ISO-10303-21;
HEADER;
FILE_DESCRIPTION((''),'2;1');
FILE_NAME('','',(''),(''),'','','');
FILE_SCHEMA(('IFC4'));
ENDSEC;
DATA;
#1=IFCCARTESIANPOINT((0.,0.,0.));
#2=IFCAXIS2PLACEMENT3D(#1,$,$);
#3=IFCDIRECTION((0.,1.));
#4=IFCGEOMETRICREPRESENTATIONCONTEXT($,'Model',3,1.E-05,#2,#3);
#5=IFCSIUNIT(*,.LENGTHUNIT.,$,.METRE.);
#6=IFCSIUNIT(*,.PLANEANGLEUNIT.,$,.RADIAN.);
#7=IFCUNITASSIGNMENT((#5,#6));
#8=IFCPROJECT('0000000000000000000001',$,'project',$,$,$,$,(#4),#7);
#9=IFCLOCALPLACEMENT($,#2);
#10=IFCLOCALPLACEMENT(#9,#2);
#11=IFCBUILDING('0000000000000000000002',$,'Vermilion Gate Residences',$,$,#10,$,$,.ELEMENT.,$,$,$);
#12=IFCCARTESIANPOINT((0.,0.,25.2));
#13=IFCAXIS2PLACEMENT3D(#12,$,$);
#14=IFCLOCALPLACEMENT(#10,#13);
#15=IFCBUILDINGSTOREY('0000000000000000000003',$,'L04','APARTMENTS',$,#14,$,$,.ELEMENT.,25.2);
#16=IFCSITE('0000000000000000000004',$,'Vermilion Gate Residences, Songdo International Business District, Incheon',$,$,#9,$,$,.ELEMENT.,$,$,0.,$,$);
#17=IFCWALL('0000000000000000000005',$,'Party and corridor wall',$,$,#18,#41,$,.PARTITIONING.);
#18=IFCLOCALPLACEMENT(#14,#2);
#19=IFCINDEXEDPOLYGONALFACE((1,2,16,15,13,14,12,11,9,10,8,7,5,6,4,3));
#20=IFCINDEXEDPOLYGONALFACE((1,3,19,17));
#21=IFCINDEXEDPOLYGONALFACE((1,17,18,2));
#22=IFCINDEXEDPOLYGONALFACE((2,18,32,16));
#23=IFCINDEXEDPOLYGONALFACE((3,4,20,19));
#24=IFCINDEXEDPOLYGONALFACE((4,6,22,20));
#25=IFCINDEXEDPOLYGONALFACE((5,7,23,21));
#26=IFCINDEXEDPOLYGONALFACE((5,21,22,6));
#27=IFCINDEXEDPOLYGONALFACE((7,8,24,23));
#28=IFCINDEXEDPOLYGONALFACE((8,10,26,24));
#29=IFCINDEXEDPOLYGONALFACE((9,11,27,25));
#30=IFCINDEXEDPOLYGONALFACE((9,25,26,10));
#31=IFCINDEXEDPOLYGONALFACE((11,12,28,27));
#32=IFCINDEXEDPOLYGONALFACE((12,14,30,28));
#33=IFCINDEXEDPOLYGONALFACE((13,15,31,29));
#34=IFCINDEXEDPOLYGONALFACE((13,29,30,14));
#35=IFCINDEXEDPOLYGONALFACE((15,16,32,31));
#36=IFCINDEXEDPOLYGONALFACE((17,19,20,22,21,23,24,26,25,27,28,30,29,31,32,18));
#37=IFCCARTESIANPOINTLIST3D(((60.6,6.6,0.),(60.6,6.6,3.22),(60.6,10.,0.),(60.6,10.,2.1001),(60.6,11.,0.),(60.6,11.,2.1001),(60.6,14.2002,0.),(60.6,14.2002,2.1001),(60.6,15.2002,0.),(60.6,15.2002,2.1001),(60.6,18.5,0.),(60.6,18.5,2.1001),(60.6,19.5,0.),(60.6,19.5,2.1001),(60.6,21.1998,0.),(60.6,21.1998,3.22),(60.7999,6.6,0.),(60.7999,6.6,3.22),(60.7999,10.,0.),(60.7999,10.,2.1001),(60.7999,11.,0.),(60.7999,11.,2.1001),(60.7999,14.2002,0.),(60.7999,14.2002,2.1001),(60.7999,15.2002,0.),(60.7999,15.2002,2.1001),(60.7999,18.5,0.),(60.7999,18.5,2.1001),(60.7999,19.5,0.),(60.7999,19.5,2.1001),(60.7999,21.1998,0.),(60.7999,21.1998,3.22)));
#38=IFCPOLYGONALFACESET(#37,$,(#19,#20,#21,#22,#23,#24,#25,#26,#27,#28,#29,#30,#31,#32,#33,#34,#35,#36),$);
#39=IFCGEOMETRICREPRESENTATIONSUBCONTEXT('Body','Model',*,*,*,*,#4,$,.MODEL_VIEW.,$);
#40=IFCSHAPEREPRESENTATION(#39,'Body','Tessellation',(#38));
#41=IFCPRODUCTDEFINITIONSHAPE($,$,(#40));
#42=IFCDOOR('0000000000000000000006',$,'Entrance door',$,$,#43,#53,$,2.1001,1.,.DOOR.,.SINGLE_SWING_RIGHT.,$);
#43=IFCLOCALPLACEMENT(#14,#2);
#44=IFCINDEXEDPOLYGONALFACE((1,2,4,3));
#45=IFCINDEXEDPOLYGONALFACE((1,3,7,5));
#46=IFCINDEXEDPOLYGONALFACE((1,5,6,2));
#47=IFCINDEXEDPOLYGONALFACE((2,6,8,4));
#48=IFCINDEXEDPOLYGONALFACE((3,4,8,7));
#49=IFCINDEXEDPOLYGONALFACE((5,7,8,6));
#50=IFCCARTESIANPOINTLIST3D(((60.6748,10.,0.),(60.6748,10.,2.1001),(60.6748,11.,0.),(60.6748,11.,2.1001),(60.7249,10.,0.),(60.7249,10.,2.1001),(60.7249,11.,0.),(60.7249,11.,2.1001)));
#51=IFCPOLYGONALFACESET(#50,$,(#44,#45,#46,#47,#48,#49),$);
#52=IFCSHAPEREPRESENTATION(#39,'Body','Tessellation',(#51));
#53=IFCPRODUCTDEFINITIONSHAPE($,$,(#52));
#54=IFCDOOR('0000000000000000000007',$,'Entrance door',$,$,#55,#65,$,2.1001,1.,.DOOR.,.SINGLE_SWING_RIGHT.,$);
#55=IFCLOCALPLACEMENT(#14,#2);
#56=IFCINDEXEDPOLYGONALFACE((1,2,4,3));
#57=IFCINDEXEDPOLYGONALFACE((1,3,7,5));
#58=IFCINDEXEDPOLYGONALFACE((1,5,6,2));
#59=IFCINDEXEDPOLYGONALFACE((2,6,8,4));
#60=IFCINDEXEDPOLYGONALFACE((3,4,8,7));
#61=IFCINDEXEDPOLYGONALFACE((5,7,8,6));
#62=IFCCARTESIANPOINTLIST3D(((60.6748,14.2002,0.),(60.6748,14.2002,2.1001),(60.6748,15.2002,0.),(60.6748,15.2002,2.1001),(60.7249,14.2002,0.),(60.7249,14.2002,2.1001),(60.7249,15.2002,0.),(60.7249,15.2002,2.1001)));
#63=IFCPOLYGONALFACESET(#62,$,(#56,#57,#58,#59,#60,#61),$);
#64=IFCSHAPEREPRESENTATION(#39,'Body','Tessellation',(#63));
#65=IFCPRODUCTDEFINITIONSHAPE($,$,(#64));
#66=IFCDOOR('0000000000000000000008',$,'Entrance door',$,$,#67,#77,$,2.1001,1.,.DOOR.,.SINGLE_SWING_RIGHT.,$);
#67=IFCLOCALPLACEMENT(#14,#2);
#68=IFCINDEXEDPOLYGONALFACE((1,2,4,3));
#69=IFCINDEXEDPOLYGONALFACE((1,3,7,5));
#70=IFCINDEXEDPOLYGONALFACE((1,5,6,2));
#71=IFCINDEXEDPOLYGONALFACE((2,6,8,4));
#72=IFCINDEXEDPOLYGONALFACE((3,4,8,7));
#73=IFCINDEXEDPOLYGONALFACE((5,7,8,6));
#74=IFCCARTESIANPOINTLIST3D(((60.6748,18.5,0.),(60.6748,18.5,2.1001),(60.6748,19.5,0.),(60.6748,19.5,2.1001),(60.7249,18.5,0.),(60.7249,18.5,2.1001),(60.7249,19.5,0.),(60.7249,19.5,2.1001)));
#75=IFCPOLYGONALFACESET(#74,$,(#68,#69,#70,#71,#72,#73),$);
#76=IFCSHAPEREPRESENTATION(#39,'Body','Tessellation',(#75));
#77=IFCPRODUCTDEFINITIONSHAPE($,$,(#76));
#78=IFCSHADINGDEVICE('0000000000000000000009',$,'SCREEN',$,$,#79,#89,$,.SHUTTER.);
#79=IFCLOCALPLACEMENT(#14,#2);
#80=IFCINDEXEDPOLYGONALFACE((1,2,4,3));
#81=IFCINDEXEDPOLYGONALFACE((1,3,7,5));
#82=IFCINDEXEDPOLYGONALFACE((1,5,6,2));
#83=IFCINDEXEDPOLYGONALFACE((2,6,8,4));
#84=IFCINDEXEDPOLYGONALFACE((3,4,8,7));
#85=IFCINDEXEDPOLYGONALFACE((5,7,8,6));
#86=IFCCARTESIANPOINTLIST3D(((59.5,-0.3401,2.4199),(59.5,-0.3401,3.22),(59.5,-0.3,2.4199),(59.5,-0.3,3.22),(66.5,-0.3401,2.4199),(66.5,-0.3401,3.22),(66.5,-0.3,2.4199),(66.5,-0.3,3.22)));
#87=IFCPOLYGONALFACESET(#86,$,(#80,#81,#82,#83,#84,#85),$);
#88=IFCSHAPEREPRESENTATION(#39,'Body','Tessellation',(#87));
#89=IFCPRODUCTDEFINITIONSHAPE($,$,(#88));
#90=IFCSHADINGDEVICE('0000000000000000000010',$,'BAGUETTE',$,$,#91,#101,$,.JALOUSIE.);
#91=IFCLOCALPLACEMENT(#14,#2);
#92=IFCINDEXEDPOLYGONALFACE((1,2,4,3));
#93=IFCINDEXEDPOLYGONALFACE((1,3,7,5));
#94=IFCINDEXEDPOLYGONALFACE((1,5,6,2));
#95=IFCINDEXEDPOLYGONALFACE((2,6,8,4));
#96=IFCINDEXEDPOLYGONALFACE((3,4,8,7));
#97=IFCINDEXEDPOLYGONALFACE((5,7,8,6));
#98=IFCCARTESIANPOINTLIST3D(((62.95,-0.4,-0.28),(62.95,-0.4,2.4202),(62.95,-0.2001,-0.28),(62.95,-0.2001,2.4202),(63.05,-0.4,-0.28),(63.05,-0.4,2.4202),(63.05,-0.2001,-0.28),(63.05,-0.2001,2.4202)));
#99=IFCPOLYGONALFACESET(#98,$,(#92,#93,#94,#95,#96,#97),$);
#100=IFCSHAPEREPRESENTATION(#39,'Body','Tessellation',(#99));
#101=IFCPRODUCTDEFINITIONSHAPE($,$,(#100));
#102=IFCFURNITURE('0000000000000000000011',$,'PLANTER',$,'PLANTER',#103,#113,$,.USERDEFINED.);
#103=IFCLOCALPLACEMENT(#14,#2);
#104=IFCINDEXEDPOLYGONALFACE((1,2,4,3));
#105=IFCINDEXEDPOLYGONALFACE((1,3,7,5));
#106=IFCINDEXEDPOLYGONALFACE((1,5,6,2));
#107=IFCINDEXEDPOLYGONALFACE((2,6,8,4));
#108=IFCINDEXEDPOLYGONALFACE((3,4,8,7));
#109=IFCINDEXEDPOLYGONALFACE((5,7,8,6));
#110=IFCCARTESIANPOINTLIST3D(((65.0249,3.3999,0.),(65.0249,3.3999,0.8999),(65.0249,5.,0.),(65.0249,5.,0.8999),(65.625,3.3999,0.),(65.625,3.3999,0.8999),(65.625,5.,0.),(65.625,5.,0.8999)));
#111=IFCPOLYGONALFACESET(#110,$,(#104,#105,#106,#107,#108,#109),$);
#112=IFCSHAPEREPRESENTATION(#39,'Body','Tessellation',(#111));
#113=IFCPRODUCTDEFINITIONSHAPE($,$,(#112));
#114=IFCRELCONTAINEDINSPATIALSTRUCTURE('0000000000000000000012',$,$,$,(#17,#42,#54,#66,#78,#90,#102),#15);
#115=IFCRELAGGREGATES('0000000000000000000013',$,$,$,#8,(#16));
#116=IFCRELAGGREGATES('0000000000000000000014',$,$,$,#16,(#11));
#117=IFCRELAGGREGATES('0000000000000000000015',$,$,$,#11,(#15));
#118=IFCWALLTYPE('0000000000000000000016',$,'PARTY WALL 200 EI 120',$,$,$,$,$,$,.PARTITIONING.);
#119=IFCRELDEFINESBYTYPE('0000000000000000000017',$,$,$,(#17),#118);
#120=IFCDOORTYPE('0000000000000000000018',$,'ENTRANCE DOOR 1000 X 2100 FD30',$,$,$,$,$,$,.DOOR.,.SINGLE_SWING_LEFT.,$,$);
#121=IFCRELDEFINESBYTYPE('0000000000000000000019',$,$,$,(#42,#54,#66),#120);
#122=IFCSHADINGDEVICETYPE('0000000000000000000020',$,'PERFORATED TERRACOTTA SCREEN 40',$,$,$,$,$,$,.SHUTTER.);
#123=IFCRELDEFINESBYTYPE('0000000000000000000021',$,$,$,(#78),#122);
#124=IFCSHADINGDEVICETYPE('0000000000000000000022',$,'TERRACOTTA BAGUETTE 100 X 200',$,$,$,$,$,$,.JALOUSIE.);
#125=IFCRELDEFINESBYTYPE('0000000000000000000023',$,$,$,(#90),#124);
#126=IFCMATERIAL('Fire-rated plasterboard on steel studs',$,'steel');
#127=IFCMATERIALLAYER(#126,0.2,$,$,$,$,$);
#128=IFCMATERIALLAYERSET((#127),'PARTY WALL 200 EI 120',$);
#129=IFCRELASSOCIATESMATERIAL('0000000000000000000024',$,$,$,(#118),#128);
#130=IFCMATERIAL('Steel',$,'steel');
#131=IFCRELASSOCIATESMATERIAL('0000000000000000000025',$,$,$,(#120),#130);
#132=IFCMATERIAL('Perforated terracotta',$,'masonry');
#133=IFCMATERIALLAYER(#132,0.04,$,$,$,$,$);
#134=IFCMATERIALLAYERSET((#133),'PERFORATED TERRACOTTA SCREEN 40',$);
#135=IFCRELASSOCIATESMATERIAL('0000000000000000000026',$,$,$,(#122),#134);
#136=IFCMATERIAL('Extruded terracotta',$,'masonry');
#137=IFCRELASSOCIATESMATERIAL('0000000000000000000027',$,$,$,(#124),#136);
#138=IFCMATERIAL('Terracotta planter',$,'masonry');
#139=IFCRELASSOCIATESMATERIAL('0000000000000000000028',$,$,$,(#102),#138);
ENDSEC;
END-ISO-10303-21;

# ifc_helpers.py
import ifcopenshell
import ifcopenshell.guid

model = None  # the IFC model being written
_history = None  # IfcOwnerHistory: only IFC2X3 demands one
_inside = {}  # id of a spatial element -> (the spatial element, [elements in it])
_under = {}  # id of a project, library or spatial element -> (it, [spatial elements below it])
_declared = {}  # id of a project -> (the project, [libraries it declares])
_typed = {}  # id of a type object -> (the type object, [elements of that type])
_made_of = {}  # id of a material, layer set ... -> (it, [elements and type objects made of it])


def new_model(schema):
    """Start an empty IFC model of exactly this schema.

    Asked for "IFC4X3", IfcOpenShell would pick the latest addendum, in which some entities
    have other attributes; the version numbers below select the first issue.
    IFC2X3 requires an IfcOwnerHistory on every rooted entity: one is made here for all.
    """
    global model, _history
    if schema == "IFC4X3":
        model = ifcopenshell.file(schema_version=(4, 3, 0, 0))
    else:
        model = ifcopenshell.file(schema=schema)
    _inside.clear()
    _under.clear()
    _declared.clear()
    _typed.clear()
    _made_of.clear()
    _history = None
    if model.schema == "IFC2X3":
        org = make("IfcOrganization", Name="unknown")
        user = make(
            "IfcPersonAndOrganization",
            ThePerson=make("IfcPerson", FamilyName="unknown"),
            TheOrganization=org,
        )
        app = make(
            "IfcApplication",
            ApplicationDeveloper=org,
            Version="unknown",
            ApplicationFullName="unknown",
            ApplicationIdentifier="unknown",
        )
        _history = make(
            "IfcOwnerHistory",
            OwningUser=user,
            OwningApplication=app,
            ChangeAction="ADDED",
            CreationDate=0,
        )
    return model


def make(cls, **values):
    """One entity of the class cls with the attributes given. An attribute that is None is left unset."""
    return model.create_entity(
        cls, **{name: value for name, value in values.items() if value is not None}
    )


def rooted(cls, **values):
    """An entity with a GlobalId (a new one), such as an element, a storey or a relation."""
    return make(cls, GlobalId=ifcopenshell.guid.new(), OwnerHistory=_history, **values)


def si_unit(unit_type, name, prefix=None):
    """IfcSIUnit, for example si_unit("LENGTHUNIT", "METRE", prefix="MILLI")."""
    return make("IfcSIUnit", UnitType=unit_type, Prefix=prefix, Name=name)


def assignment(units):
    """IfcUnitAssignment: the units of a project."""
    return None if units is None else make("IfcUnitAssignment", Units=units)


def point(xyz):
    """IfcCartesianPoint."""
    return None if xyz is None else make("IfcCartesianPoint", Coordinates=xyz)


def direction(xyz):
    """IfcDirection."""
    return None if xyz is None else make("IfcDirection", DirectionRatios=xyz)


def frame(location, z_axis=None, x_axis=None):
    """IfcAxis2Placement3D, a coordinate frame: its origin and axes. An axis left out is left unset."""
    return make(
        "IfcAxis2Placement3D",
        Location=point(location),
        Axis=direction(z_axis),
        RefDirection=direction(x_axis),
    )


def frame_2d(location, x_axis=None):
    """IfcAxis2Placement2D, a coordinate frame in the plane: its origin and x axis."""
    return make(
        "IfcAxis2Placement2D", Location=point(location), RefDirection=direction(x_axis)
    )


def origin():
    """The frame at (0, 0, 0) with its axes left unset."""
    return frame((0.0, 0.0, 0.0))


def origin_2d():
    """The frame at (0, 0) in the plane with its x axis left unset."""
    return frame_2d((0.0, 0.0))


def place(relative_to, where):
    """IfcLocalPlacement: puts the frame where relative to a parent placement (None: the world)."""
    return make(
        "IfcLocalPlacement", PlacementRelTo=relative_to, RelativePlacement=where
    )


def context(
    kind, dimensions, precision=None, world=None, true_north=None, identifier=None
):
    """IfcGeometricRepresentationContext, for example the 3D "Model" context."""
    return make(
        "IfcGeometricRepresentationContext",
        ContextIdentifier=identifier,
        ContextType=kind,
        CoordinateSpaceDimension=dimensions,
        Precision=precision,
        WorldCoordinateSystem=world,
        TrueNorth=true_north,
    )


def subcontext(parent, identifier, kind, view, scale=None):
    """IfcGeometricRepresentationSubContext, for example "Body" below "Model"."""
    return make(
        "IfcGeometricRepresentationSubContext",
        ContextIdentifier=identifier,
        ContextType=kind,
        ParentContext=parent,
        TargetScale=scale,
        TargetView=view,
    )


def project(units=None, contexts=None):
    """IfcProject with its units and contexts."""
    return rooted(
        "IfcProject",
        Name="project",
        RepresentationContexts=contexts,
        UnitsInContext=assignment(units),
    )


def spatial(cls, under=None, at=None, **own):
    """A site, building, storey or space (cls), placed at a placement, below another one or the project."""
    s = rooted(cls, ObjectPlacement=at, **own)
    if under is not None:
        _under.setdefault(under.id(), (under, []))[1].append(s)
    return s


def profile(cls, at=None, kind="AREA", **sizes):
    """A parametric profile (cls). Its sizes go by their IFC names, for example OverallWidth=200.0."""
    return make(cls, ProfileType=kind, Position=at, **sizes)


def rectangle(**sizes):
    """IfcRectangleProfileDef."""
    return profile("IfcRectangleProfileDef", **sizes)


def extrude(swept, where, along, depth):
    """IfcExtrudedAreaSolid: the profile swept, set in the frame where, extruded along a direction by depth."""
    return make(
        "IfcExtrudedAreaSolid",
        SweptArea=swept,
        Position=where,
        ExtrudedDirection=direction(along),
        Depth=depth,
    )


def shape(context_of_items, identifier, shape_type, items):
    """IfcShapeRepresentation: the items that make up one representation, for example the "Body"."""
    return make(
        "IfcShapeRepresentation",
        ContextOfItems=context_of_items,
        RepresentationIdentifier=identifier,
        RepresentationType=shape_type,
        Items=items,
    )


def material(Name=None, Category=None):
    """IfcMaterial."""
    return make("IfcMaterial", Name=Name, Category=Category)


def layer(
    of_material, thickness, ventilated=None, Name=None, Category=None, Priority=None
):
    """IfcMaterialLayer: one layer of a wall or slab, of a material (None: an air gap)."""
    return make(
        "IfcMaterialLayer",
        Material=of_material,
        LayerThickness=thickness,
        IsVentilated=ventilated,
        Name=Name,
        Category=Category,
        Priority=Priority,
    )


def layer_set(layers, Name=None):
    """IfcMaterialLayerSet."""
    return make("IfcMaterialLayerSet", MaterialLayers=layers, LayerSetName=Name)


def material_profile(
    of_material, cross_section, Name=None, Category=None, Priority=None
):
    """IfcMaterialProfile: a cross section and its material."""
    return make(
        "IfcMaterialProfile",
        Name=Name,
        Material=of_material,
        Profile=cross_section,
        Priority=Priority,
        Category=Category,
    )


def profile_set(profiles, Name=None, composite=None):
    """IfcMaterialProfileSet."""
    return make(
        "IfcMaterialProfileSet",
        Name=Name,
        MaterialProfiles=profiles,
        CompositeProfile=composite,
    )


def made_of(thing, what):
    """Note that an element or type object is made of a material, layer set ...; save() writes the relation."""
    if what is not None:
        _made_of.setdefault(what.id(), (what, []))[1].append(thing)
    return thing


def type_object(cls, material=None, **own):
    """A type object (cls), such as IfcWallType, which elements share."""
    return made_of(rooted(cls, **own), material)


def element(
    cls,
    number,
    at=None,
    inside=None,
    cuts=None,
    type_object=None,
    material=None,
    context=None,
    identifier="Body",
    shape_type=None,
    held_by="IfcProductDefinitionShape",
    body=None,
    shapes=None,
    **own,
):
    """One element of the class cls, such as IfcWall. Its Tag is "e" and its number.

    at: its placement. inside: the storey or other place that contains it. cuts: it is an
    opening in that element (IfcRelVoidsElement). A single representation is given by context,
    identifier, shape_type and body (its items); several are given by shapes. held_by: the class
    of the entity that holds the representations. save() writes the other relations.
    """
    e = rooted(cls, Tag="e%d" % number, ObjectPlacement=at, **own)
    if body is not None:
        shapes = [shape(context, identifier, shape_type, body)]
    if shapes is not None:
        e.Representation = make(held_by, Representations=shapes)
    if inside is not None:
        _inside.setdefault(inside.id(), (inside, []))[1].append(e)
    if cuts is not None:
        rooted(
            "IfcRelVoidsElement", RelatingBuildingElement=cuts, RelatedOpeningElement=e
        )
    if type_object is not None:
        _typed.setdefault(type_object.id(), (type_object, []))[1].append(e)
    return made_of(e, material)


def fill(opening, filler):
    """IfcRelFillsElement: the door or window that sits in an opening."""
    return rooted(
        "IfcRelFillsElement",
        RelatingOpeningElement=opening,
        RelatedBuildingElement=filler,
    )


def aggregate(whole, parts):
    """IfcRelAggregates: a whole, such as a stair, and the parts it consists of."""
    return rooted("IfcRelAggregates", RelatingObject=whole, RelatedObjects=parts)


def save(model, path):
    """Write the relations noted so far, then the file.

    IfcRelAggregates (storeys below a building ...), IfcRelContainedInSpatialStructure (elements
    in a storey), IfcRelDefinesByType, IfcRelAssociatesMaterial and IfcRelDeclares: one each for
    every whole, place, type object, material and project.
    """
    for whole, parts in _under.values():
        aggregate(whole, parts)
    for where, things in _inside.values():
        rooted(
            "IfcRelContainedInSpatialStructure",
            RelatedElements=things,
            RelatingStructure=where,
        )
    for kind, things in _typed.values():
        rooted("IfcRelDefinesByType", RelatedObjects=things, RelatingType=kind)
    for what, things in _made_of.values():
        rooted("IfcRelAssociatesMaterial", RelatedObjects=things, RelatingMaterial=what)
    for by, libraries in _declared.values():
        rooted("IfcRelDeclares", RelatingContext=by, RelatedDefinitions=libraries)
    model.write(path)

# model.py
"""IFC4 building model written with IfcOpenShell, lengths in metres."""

from ifc_helpers import new_model, si_unit, direction, frame, frame_2d, origin, origin_2d, place, context, subcontext, project, spatial, rectangle, extrude, material, layer, layer_set, material_profile, profile_set, type_object, element, fill, save


model = new_model("IFC4")

# Units and contexts
model_context = context("Model", 3, precision=1e-05, world=origin(), true_north=direction((0.0, 1.0)))
body_context = subcontext(model_context, "Body", "Model", "MODEL_VIEW")
ifc_project = project(units=[si_unit("LENGTHUNIT", "METRE"), si_unit("PLANEANGLEUNIT", "RADIAN")], contexts=[model_context])

# Site, building, storey
site_placement = place(None, origin())
site = spatial("IfcSite", under=ifc_project, at=site_placement, Name="Vermilion Gate Residences, Songdo International Business District, Incheon", CompositionType="ELEMENT", RefElevation=0.0)
building_placement = place(site_placement, origin())
building = spatial("IfcBuilding", under=site, at=building_placement, Name="Vermilion Gate Residences", CompositionType="ELEMENT")
storey_placement = place(building_placement, frame((0.0, 0.0, 25.2)))
storey = spatial("IfcBuildingStorey", under=building, at=storey_placement, Name="L04", Description="APARTMENTS", CompositionType="ELEMENT", Elevation=25.2)

# Shared definitions
ifc_material_1 = material(Name="Fire-rated plasterboard on steel studs", Category="steel")
ifc_layer_1 = layer(ifc_material_1, 0.2)
ifc_layer_set_1 = layer_set([ifc_layer_1], Name="PARTY WALL 200 EI 120")
wall_type_1 = type_object("IfcWallType", Name="PARTY WALL 200 EI 120", PredefinedType="PARTITIONING", material=ifc_layer_set_1)

# Wall, openings, doors
wall_1_placement = place(storey_placement, frame((60.7, 6.6001, 0.0), z_axis=(0.0, 0.0, 1.0), x_axis=(0.0, 1.0, 0.0)))
wall_1 = element("IfcWall", 1, at=wall_1_placement, inside=storey, type_object=wall_type_1, Name="Party and corridor wall", PredefinedType="PARTITIONING", context=body_context, shape_type="SweptSolid", body=[
    extrude(rectangle(XDim=14.5999, YDim=0.2, at=frame_2d((7.2998, 0.0))), origin(), (0.0, 0.0, 1.0), 3.22),
])
opening_1_placement = place(wall_1_placement, frame((3.3999, 0.0, 0.0)))
opening_1 = element("IfcOpeningElement", 2, at=opening_1_placement, cuts=wall_1, PredefinedType="OPENING", context=body_context, shape_type="SweptSolid", body=[
    extrude(rectangle(XDim=1.0, YDim=2.1001, at=frame_2d((0.5, 1.05))), frame((0.0, 0.1099, 0.0), z_axis=(0.0, -1.0, 0.0), x_axis=(1.0, 0.0, 0.0)), (0.0, 0.0, 1.0), 0.22),
])
opening_2_placement = place(wall_1_placement, frame((7.6001, 0.0, 0.0)))
opening_2 = element("IfcOpeningElement", 3, at=opening_2_placement, cuts=wall_1, PredefinedType="OPENING", context=body_context, shape_type="SweptSolid", body=[
    extrude(rectangle(XDim=1.0, YDim=2.1001, at=frame_2d((0.5, 1.05))), frame((0.0, 0.1099, 0.0), z_axis=(0.0, -1.0, 0.0), x_axis=(1.0, 0.0, 0.0)), (0.0, 0.0, 1.0), 0.22),
])
opening_3_placement = place(wall_1_placement, frame((11.8999, 0.0, 0.0)))
opening_3 = element("IfcOpeningElement", 4, at=opening_3_placement, cuts=wall_1, PredefinedType="OPENING", context=body_context, shape_type="SweptSolid", body=[
    extrude(rectangle(XDim=1.0, YDim=2.1001, at=frame_2d((0.5, 1.05))), frame((0.0, 0.1099, 0.0), z_axis=(0.0, -1.0, 0.0), x_axis=(1.0, 0.0, 0.0)), (0.0, 0.0, 1.0), 0.22),
])
ifc_material_2 = material(Name="Steel", Category="steel")
door_type = type_object("IfcDoorType", Name="ENTRANCE DOOR 1000 X 2100 FD30", OperationType="SINGLE_SWING_LEFT", PredefinedType="DOOR", material=ifc_material_2)
door_1_placement = place(opening_1_placement, frame((1.0, 0.0, 0.0), z_axis=(0.0, 0.0, 1.0), x_axis=(-1.0, 0.0, 0.0)))
door_1 = element("IfcDoor", 5, at=door_1_placement, inside=storey, type_object=door_type, Name="Entrance door", OperationType="SINGLE_SWING_RIGHT", OverallHeight=2.1001, OverallWidth=1.0, PredefinedType="DOOR", context=body_context, shape_type="SweptSolid", body=[
    extrude(rectangle(XDim=1.0, YDim=2.1001, at=frame_2d((0.5, 1.05))), frame((0.0, 0.0249, 0.0), z_axis=(0.0, -1.0, 0.0), x_axis=(1.0, 0.0, 0.0)), (0.0, 0.0, 1.0), 0.05),
])
fill(opening_1, door_1)
door_2_placement = place(opening_2_placement, frame((1.0, 0.0, 0.0), z_axis=(0.0, 0.0, 1.0), x_axis=(-1.0, 0.0, 0.0)))
door_2 = element("IfcDoor", 6, at=door_2_placement, inside=storey, type_object=door_type, Name="Entrance door", OperationType="SINGLE_SWING_RIGHT", OverallHeight=2.1001, OverallWidth=1.0, PredefinedType="DOOR", context=body_context, shape_type="SweptSolid", body=[
    extrude(rectangle(XDim=1.0, YDim=2.1001, at=frame_2d((0.5, 1.05))), frame((0.0, 0.0249, 0.0), z_axis=(0.0, -1.0, 0.0), x_axis=(1.0, 0.0, 0.0)), (0.0, 0.0, 1.0), 0.05),
])
fill(opening_2, door_2)
door_3_placement = place(opening_3_placement, frame((1.0, 0.0, 0.0), z_axis=(0.0, 0.0, 1.0), x_axis=(-1.0, 0.0, 0.0)))
door_3 = element("IfcDoor", 7, at=door_3_placement, inside=storey, type_object=door_type, Name="Entrance door", OperationType="SINGLE_SWING_RIGHT", OverallHeight=2.1001, OverallWidth=1.0, PredefinedType="DOOR", context=body_context, shape_type="SweptSolid", body=[
    extrude(rectangle(XDim=1.0, YDim=2.1001, at=frame_2d((0.5, 1.05))), frame((0.0, 0.0249, 0.0), z_axis=(0.0, -1.0, 0.0), x_axis=(1.0, 0.0, 0.0)), (0.0, 0.0, 1.0), 0.05),
])
fill(opening_3, door_3)

# Shading devices
ifc_material_3 = material(Name="Perforated terracotta", Category="masonry")
ifc_layer_2 = layer(ifc_material_3, 0.04)
ifc_layer_set_2 = layer_set([ifc_layer_2], Name="PERFORATED TERRACOTTA SCREEN 40")
shading_device_type_1 = type_object("IfcShadingDeviceType", Name="PERFORATED TERRACOTTA SCREEN 40", PredefinedType="SHUTTER", material=ifc_layer_set_2)
shading_device_1_placement = place(storey_placement, frame((63.0, -0.3201, 2.4199), z_axis=(0.0, 0.0, 1.0), x_axis=(1.0, 0.0, 0.0)))
element("IfcShadingDevice", 8, at=shading_device_1_placement, inside=storey, type_object=shading_device_type_1, Name="SCREEN", PredefinedType="SHUTTER", context=body_context, shape_type="SweptSolid", body=[
    extrude(rectangle(XDim=7.0, YDim=0.04, at=origin_2d()), origin(), (0.0, 0.0, 1.0), 0.8),
])
ifc_material_4 = material(Name="Extruded terracotta", Category="masonry")
ifc_material_profile_1 = material_profile(ifc_material_4, rectangle(XDim=0.2, YDim=0.1001, at=origin_2d()), Name="BAGUETTE 100 X 200")
ifc_profile_set_1 = profile_set([ifc_material_profile_1], Name="Extruded terracotta")
shading_device_type_2 = type_object("IfcShadingDeviceType", Name="TERRACOTTA BAGUETTE 100 X 200", PredefinedType="JALOUSIE", material=ifc_profile_set_1)
shading_device_2_placement = place(storey_placement, frame((63.0, -0.3, -0.28), z_axis=(0.0, 0.0, 1.0), x_axis=(0.0, 1.0, 0.0)))
element("IfcShadingDevice", 9, at=shading_device_2_placement, inside=storey, type_object=shading_device_type_2, Name="BAGUETTE", PredefinedType="JALOUSIE", context=body_context, shape_type="SweptSolid", body=[
    extrude(rectangle(XDim=0.2, YDim=0.1001, at=origin_2d()), origin(), (0.0, 0.0, 1.0), 2.7002),
])

# Furniture
ifc_material_5 = material(Name="Terracotta planter", Category="masonry")
furniture_placement = place(storey_placement, frame((65.325, 4.2, 0.0), z_axis=(0.0, 0.0, 1.0), x_axis=(0.0, 1.0, 0.0)))
element("IfcFurniture", 10, at=furniture_placement, inside=storey, material=ifc_material_5, Name="PLANTER", ObjectType="PLANTER", PredefinedType="USERDEFINED", context=body_context, shape_type="SweptSolid", body=[
    extrude(rectangle(XDim=1.6001, YDim=0.6001, at=origin_2d()), origin(), (0.0, 0.0, 1.0), 0.8999),
])

save(model, "model.ifc")
